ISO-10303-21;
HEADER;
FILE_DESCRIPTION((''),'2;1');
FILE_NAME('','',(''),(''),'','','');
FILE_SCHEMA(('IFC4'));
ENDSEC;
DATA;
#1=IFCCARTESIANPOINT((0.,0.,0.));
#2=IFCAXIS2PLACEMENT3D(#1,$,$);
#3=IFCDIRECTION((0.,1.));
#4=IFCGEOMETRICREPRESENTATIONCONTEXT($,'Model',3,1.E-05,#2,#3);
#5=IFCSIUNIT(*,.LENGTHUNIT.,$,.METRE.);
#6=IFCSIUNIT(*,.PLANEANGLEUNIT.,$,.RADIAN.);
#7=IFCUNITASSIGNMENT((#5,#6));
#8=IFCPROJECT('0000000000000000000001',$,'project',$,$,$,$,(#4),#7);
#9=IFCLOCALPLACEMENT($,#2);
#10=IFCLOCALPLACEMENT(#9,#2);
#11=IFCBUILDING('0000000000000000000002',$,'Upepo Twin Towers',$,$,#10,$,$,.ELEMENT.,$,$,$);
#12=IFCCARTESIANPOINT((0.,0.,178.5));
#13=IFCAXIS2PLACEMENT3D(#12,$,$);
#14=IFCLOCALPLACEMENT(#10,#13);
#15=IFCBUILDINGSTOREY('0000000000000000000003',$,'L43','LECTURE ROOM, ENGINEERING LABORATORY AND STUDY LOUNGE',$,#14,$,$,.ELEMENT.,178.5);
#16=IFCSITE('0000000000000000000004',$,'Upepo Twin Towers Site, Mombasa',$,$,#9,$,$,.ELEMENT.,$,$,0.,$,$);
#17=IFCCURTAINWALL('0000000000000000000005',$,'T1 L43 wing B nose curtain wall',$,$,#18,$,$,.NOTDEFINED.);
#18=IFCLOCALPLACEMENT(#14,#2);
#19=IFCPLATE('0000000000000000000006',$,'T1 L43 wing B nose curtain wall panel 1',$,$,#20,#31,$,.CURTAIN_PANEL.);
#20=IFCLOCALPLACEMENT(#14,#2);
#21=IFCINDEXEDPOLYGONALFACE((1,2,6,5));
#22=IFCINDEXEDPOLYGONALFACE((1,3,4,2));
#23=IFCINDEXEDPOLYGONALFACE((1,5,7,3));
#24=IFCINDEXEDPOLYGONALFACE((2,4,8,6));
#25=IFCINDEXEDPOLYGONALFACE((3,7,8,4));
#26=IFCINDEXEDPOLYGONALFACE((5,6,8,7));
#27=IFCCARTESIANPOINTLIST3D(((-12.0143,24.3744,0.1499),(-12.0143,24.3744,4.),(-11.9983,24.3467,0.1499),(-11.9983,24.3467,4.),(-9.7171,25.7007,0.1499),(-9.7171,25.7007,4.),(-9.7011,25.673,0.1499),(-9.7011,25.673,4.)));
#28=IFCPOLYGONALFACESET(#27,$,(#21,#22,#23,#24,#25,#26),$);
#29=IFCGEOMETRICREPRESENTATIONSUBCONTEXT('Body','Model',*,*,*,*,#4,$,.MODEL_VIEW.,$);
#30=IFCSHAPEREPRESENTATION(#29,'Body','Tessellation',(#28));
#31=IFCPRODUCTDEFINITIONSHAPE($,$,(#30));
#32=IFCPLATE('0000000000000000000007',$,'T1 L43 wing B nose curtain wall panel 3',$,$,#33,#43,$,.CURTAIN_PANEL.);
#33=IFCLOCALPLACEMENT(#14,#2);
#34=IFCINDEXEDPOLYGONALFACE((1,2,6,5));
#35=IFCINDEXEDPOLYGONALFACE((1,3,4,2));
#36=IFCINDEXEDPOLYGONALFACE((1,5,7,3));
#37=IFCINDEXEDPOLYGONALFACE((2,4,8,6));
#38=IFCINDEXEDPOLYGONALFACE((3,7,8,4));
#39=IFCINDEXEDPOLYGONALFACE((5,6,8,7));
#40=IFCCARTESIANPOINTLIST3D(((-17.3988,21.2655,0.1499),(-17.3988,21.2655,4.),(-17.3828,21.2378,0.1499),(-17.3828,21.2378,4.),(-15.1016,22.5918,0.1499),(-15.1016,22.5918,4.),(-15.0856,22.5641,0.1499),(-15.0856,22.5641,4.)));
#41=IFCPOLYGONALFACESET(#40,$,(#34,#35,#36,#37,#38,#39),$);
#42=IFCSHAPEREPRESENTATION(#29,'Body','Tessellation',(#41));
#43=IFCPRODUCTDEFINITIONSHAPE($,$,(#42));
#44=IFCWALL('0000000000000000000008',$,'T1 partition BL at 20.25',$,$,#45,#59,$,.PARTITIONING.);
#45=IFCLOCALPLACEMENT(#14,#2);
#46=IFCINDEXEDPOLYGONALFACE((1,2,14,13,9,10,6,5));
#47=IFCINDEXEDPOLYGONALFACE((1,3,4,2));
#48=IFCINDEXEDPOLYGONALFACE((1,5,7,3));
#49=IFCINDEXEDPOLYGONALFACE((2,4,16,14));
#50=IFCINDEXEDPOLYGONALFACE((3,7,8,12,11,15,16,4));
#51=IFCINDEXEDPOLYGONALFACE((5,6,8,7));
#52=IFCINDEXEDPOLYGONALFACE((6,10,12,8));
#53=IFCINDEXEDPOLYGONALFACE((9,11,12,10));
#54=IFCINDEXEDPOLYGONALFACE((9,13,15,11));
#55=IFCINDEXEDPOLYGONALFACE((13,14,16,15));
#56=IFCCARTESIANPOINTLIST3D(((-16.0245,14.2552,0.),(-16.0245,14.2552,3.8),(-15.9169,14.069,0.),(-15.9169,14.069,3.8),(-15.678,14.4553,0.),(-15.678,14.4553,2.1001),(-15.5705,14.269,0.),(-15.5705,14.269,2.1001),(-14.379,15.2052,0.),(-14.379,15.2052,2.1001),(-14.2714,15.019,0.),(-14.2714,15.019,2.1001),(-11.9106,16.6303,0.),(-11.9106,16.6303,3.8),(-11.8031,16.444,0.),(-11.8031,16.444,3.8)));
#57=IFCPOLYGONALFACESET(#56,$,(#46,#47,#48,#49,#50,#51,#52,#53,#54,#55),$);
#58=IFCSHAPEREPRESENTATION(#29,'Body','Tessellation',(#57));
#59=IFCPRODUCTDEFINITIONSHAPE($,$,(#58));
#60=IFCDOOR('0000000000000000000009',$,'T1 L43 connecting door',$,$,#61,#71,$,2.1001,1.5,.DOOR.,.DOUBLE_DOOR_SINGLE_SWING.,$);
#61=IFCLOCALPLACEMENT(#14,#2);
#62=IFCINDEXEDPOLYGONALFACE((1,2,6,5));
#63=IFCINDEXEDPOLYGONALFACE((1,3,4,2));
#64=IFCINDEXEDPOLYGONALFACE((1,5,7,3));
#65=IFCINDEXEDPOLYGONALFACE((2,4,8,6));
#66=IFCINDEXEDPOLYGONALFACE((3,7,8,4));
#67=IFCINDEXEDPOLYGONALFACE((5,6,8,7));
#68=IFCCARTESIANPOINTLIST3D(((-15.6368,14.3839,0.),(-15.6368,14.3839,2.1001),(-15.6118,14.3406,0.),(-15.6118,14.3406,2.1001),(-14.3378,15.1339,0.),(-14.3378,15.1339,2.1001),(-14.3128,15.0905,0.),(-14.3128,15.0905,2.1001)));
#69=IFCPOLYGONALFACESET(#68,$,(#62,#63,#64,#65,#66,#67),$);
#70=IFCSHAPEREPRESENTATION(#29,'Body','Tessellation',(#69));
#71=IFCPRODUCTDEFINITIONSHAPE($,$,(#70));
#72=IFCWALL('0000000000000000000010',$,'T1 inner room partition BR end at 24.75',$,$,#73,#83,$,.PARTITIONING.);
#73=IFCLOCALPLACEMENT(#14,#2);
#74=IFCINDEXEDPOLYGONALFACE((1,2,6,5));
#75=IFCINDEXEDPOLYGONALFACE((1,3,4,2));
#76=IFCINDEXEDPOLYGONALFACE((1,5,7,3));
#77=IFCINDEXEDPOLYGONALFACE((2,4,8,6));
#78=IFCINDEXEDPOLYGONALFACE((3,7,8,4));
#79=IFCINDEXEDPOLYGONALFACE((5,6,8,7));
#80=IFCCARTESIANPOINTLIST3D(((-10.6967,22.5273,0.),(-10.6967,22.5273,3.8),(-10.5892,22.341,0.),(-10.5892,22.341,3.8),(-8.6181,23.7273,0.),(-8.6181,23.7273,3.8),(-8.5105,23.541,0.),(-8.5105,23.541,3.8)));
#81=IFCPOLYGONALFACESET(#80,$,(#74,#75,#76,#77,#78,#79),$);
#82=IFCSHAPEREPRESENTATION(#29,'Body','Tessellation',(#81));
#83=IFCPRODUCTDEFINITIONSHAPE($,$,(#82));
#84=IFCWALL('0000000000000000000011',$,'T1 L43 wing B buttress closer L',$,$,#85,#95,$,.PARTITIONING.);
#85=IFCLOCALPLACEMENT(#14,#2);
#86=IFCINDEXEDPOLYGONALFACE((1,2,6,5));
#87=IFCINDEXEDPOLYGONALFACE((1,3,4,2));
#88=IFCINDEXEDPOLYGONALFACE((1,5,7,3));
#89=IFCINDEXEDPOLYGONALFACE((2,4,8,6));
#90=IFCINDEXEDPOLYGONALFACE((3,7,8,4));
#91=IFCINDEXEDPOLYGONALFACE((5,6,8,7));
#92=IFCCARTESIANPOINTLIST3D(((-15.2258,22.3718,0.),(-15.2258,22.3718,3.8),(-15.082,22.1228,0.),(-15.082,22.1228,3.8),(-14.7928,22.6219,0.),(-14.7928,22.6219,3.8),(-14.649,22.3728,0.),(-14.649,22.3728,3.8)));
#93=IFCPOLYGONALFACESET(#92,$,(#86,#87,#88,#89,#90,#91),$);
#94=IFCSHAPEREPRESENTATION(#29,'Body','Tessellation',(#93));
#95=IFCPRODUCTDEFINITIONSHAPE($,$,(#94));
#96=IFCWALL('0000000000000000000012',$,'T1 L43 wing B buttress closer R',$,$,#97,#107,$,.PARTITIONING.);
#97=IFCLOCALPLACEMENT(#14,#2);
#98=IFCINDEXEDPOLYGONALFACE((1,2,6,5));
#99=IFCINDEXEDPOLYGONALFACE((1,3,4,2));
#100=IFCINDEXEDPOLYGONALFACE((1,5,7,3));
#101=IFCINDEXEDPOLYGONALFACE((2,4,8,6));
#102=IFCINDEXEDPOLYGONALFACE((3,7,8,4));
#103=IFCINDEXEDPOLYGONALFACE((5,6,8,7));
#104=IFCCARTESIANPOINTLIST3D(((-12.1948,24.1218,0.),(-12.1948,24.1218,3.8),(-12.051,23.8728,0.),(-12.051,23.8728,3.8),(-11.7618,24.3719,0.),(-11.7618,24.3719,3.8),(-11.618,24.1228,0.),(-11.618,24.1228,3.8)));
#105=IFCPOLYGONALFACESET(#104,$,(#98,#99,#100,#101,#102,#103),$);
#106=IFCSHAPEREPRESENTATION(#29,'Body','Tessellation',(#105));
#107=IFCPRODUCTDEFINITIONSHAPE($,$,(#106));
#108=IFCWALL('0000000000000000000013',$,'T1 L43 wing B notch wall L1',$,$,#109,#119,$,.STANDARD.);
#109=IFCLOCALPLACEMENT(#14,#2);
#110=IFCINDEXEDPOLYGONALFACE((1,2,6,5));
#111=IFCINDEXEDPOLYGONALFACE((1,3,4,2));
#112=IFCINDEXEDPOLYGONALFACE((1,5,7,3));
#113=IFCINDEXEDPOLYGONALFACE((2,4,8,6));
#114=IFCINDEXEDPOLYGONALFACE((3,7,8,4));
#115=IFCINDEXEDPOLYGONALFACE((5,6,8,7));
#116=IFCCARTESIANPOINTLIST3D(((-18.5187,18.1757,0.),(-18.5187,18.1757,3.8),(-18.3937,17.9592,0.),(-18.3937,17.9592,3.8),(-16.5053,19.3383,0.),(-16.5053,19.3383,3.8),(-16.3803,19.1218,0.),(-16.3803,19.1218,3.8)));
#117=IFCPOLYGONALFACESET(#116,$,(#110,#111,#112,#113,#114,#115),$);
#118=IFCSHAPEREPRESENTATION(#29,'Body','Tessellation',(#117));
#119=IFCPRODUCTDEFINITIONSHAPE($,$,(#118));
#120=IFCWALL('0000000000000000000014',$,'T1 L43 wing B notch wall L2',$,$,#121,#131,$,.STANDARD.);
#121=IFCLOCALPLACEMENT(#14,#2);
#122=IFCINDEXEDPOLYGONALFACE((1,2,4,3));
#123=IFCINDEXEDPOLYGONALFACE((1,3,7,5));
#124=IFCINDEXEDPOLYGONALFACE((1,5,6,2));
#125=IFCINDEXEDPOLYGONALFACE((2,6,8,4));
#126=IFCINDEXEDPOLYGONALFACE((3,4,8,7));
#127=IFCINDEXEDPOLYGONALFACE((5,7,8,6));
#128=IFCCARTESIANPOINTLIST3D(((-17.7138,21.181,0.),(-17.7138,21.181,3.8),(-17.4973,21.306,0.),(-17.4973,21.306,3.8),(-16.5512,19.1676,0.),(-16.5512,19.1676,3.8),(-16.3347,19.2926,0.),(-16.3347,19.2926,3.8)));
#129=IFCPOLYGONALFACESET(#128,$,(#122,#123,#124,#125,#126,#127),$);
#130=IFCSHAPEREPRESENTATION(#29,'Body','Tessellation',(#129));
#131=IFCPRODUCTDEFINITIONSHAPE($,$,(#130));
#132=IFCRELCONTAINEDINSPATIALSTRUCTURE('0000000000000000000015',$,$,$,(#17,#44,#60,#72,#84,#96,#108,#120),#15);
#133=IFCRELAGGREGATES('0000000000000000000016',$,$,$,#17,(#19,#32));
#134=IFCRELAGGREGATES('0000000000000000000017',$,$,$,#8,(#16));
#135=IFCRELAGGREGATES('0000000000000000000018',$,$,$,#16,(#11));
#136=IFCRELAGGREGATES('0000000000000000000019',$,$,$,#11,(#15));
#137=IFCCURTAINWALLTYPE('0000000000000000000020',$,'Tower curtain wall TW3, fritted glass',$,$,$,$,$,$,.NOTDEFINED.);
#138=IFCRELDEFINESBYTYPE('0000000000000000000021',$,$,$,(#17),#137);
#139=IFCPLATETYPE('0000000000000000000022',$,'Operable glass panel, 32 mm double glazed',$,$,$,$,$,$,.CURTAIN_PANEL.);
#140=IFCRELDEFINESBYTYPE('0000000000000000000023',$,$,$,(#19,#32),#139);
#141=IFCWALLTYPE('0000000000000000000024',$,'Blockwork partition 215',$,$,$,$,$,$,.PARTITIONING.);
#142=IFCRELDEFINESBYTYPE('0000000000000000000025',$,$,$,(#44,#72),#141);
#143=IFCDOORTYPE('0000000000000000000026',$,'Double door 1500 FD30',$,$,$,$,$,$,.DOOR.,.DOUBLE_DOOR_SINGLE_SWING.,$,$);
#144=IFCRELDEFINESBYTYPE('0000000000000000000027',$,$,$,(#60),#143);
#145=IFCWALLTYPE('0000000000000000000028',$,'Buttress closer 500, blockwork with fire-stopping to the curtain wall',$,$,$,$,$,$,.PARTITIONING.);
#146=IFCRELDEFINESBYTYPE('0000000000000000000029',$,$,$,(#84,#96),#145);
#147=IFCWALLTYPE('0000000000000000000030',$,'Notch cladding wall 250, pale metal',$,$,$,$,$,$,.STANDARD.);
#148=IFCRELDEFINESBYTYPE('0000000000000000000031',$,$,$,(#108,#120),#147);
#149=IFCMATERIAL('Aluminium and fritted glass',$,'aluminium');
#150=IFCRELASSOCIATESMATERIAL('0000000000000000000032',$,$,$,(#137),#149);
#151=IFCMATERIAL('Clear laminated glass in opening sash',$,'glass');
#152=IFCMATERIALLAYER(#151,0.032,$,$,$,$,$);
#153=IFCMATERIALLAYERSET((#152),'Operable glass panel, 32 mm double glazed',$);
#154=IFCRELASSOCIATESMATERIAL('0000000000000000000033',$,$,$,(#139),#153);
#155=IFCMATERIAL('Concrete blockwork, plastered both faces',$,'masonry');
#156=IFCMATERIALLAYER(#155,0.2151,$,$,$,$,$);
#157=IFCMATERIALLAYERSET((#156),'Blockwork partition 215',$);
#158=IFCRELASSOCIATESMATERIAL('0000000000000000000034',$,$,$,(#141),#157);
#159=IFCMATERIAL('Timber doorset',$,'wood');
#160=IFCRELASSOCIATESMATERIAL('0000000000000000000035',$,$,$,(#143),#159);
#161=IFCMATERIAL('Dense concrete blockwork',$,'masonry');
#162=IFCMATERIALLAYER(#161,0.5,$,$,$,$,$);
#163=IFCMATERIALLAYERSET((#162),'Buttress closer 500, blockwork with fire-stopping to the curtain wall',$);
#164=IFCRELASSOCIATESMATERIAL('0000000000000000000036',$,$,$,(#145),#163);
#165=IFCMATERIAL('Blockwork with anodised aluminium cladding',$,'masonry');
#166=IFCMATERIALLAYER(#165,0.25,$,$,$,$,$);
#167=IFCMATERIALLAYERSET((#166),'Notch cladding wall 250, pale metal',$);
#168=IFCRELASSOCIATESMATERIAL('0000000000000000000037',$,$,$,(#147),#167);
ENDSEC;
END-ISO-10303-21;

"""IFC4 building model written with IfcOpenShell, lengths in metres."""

from ifc_helpers import new_model, si_unit, direction, frame, frame_2d, origin, origin_2d, place, context, subcontext, project, spatial, rectangle, extrude, material, layer, layer_set, type_object, element, fill, aggregate, save


model = new_model("IFC4")

# Units and contexts
model_context = context("Model", 3, precision=1e-05, world=origin(), true_north=direction((0.0, 1.0)))
body_context = subcontext(model_context, "Body", "Model", "MODEL_VIEW")
ifc_project = project(units=[si_unit("LENGTHUNIT", "METRE"), si_unit("PLANEANGLEUNIT", "RADIAN")], contexts=[model_context])

# Site, building, storey
site_placement = place(None, origin())
site = spatial("IfcSite", under=ifc_project, at=site_placement, Name="Upepo Twin Towers Site, Mombasa", CompositionType="ELEMENT", RefElevation=0.0)
building_placement = place(site_placement, origin())
building = spatial("IfcBuilding", under=site, at=building_placement, Name="Upepo Twin Towers", CompositionType="ELEMENT")
storey_placement = place(building_placement, frame((0.0, 0.0, 178.5)))
storey = spatial("IfcBuildingStorey", under=building, at=storey_placement, Name="L43", Description="LECTURE ROOM, ENGINEERING LABORATORY AND STUDY LOUNGE", CompositionType="ELEMENT", Elevation=178.5)

# Curtain wall
ifc_material_1 = material(Name="Aluminium and fritted glass", Category="aluminium")
curtain_wall_type = type_object("IfcCurtainWallType", Name="Tower curtain wall TW3, fritted glass", PredefinedType="NOTDEFINED", material=ifc_material_1)
curtain_wall_1_placement = place(storey_placement, origin())
curtain_wall_1 = element("IfcCurtainWall", 1, at=curtain_wall_1_placement, inside=storey, type_object=curtain_wall_type, Name="T1 L43 wing B nose curtain wall", PredefinedType="NOTDEFINED")

# Plates
ifc_material_2 = material(Name="Clear laminated glass in opening sash", Category="glass")
ifc_layer_1 = layer(ifc_material_2, 0.032)
ifc_layer_set_1 = layer_set([ifc_layer_1], Name="Operable glass panel, 32 mm double glazed")
plate_type_1 = type_object("IfcPlateType", Name="Operable glass panel, 32 mm double glazed", PredefinedType="CURTAIN_PANEL", material=ifc_layer_set_1)
plate_1_placement = place(storey_placement, frame((-10.8577, 25.0237, 0.1499), z_axis=(0.0, 0.0, 1.0), x_axis=(-0.866025, -0.5, 0.0)))
plate_1 = element("IfcPlate", 2, at=plate_1_placement, type_object=plate_type_1, Name="T1 L43 wing B nose curtain wall panel 1", PredefinedType="CURTAIN_PANEL", context=body_context, shape_type="SweptSolid", body=[
    extrude(rectangle(XDim=2.6526, YDim=0.032, at=origin_2d()), origin(), (0.0, 0.0, 1.0), 3.8501),
])
plate_2_placement = place(storey_placement, frame((-16.2422, 21.9148, 0.1499), z_axis=(0.0, 0.0, 1.0), x_axis=(-0.866025, -0.5, 0.0)))
plate_2 = element("IfcPlate", 3, at=plate_2_placement, type_object=plate_type_1, Name="T1 L43 wing B nose curtain wall panel 3", PredefinedType="CURTAIN_PANEL", context=body_context, shape_type="SweptSolid", body=[
    extrude(rectangle(XDim=2.6526, YDim=0.032, at=origin_2d()), origin(), (0.0, 0.0, 1.0), 3.8501),
])
aggregate(curtain_wall_1, [plate_1, plate_2])

# Wall, opening, door
ifc_material_3 = material(Name="Concrete blockwork, plastered both faces", Category="masonry")
ifc_layer_2 = layer(ifc_material_3, 0.2151)
ifc_layer_set_2 = layer_set([ifc_layer_2], Name="Blockwork partition 215")
wall_type_1 = type_object("IfcWallType", Name="Blockwork partition 215", PredefinedType="PARTITIONING", material=ifc_layer_set_2)
wall_1_placement = place(storey_placement, frame((-11.8569, 16.5371, 0.0), z_axis=(0.0, 0.0, 1.0), x_axis=(-0.866033, -0.499986, 0.0)))
wall_1 = element("IfcWall", 4, at=wall_1_placement, inside=storey, type_object=wall_type_1, Name="T1 partition BL at 20.25", PredefinedType="PARTITIONING", context=body_context, shape_type="SweptSolid", body=[
    extrude(rectangle(XDim=4.7502, YDim=0.2151, at=frame_2d((2.375, 0.0))), origin(), (0.0, 0.0, 1.0), 3.8),
])
opening_placement = place(wall_1_placement, frame((2.8501, 0.0, 0.0)))
opening = element("IfcOpeningElement", 5, at=opening_placement, cuts=wall_1, PredefinedType="OPENING", context=body_context, shape_type="SweptSolid", body=[
    extrude(rectangle(XDim=1.5, YDim=2.1001, at=frame_2d((0.75, 1.05))), frame((0.0, 0.1174, 0.0), z_axis=(0.0, -1.0, 0.0), x_axis=(1.0, 0.0, 0.0)), (0.0, 0.0, 1.0), 0.2351),
])
ifc_material_4 = material(Name="Timber doorset", Category="wood")
door_type = type_object("IfcDoorType", Name="Double door 1500 FD30", OperationType="DOUBLE_DOOR_SINGLE_SWING", PredefinedType="DOOR", material=ifc_material_4)
door_placement = place(opening_placement, origin())
door = element("IfcDoor", 6, at=door_placement, inside=storey, type_object=door_type, Name="T1 L43 connecting door", OperationType="DOUBLE_DOOR_SINGLE_SWING", OverallHeight=2.1001, OverallWidth=1.5, PredefinedType="DOOR", context=body_context, shape_type="SweptSolid", body=[
    extrude(rectangle(XDim=1.5, YDim=2.1001, at=frame_2d((0.75, 1.05))), frame((0.0, 0.0249, 0.0), z_axis=(0.0, -1.0, 0.0), x_axis=(1.0, 0.0, 0.0)), (0.0, 0.0, 1.0), 0.05),
])
fill(opening, door)

# Walls
wall_2_placement = place(storey_placement, frame((-10.6431, 22.4341, 0.0), z_axis=(0.0, 0.0, 1.0), x_axis=(0.86605, 0.499957, 0.0)))
element("IfcWall", 7, at=wall_2_placement, inside=storey, type_object=wall_type_1, Name="T1 inner room partition BR end at 24.75", PredefinedType="PARTITIONING", context=body_context, shape_type="SweptSolid", body=[
    extrude(rectangle(XDim=2.4001, YDim=0.2151, at=frame_2d((1.2002, 0.0))), origin(), (0.0, 0.0, 1.0), 3.8),
])
ifc_material_5 = material(Name="Dense concrete blockwork", Category="masonry")
ifc_layer_3 = layer(ifc_material_5, 0.5)
ifc_layer_set_3 = layer_set([ifc_layer_3], Name="Buttress closer 500, blockwork with fire-stopping to the curtain wall")
wall_type_2 = type_object("IfcWallType", Name="Buttress closer 500, blockwork with fire-stopping to the curtain wall", PredefinedType="PARTITIONING", material=ifc_layer_set_3)
for number, where, z_axis, x_axis, name in (
    (8, (-14.8655, 22.2478, 0.0), (0.0, 0.0, 1.0), (-0.500065, 0.865988, 0.0), "T1 L43 wing B buttress closer L"),
    (9, (-11.8345, 23.9978, 0.0), (0.0, 0.0, 1.0), (-0.500065, 0.865988, 0.0), "T1 L43 wing B buttress closer R"),
):
    element("IfcWall", number, at=place(storey_placement, frame(where, z_axis=z_axis, x_axis=x_axis)), inside=storey, type_object=wall_type_2, Name=name, PredefinedType="PARTITIONING", context=body_context, shape_type="SweptSolid", body=[
        extrude(rectangle(XDim=0.2876, YDim=0.5, at=frame_2d((0.1438, 0.0))), origin(), (0.0, 0.0, 1.0), 3.8),
    ])
ifc_material_6 = material(Name="Blockwork with anodised aluminium cladding", Category="masonry")
ifc_layer_4 = layer(ifc_material_6, 0.25)
ifc_layer_set_4 = layer_set([ifc_layer_4], Name="Notch cladding wall 250, pale metal")
wall_type_3 = type_object("IfcWallType", Name="Notch cladding wall 250, pale metal", PredefinedType="STANDARD", material=ifc_layer_set_4)
for number, where, z_axis, x_axis, name in (
    (10, (-18.4563, 18.0674, 0.0), (0.0, 0.0, 1.0), (0.865998, 0.500047, 0.0), "T1 L43 wing B notch wall L1"),
    (11, (-16.4429, 19.23, 0.0), (0.0, 0.0, 1.0), (-0.500047, 0.865998, 0.0), "T1 L43 wing B notch wall L2"),
):
    element("IfcWall", number, at=place(storey_placement, frame(where, z_axis=z_axis, x_axis=x_axis)), inside=storey, type_object=wall_type_3, Name=name, PredefinedType="STANDARD", context=body_context, shape_type="SweptSolid", body=[
        extrude(rectangle(XDim=2.325, YDim=0.25, at=frame_2d((1.1626, 0.0))), origin(), (0.0, 0.0, 1.0), 3.8),
    ])

save(model, "model.ifc")
